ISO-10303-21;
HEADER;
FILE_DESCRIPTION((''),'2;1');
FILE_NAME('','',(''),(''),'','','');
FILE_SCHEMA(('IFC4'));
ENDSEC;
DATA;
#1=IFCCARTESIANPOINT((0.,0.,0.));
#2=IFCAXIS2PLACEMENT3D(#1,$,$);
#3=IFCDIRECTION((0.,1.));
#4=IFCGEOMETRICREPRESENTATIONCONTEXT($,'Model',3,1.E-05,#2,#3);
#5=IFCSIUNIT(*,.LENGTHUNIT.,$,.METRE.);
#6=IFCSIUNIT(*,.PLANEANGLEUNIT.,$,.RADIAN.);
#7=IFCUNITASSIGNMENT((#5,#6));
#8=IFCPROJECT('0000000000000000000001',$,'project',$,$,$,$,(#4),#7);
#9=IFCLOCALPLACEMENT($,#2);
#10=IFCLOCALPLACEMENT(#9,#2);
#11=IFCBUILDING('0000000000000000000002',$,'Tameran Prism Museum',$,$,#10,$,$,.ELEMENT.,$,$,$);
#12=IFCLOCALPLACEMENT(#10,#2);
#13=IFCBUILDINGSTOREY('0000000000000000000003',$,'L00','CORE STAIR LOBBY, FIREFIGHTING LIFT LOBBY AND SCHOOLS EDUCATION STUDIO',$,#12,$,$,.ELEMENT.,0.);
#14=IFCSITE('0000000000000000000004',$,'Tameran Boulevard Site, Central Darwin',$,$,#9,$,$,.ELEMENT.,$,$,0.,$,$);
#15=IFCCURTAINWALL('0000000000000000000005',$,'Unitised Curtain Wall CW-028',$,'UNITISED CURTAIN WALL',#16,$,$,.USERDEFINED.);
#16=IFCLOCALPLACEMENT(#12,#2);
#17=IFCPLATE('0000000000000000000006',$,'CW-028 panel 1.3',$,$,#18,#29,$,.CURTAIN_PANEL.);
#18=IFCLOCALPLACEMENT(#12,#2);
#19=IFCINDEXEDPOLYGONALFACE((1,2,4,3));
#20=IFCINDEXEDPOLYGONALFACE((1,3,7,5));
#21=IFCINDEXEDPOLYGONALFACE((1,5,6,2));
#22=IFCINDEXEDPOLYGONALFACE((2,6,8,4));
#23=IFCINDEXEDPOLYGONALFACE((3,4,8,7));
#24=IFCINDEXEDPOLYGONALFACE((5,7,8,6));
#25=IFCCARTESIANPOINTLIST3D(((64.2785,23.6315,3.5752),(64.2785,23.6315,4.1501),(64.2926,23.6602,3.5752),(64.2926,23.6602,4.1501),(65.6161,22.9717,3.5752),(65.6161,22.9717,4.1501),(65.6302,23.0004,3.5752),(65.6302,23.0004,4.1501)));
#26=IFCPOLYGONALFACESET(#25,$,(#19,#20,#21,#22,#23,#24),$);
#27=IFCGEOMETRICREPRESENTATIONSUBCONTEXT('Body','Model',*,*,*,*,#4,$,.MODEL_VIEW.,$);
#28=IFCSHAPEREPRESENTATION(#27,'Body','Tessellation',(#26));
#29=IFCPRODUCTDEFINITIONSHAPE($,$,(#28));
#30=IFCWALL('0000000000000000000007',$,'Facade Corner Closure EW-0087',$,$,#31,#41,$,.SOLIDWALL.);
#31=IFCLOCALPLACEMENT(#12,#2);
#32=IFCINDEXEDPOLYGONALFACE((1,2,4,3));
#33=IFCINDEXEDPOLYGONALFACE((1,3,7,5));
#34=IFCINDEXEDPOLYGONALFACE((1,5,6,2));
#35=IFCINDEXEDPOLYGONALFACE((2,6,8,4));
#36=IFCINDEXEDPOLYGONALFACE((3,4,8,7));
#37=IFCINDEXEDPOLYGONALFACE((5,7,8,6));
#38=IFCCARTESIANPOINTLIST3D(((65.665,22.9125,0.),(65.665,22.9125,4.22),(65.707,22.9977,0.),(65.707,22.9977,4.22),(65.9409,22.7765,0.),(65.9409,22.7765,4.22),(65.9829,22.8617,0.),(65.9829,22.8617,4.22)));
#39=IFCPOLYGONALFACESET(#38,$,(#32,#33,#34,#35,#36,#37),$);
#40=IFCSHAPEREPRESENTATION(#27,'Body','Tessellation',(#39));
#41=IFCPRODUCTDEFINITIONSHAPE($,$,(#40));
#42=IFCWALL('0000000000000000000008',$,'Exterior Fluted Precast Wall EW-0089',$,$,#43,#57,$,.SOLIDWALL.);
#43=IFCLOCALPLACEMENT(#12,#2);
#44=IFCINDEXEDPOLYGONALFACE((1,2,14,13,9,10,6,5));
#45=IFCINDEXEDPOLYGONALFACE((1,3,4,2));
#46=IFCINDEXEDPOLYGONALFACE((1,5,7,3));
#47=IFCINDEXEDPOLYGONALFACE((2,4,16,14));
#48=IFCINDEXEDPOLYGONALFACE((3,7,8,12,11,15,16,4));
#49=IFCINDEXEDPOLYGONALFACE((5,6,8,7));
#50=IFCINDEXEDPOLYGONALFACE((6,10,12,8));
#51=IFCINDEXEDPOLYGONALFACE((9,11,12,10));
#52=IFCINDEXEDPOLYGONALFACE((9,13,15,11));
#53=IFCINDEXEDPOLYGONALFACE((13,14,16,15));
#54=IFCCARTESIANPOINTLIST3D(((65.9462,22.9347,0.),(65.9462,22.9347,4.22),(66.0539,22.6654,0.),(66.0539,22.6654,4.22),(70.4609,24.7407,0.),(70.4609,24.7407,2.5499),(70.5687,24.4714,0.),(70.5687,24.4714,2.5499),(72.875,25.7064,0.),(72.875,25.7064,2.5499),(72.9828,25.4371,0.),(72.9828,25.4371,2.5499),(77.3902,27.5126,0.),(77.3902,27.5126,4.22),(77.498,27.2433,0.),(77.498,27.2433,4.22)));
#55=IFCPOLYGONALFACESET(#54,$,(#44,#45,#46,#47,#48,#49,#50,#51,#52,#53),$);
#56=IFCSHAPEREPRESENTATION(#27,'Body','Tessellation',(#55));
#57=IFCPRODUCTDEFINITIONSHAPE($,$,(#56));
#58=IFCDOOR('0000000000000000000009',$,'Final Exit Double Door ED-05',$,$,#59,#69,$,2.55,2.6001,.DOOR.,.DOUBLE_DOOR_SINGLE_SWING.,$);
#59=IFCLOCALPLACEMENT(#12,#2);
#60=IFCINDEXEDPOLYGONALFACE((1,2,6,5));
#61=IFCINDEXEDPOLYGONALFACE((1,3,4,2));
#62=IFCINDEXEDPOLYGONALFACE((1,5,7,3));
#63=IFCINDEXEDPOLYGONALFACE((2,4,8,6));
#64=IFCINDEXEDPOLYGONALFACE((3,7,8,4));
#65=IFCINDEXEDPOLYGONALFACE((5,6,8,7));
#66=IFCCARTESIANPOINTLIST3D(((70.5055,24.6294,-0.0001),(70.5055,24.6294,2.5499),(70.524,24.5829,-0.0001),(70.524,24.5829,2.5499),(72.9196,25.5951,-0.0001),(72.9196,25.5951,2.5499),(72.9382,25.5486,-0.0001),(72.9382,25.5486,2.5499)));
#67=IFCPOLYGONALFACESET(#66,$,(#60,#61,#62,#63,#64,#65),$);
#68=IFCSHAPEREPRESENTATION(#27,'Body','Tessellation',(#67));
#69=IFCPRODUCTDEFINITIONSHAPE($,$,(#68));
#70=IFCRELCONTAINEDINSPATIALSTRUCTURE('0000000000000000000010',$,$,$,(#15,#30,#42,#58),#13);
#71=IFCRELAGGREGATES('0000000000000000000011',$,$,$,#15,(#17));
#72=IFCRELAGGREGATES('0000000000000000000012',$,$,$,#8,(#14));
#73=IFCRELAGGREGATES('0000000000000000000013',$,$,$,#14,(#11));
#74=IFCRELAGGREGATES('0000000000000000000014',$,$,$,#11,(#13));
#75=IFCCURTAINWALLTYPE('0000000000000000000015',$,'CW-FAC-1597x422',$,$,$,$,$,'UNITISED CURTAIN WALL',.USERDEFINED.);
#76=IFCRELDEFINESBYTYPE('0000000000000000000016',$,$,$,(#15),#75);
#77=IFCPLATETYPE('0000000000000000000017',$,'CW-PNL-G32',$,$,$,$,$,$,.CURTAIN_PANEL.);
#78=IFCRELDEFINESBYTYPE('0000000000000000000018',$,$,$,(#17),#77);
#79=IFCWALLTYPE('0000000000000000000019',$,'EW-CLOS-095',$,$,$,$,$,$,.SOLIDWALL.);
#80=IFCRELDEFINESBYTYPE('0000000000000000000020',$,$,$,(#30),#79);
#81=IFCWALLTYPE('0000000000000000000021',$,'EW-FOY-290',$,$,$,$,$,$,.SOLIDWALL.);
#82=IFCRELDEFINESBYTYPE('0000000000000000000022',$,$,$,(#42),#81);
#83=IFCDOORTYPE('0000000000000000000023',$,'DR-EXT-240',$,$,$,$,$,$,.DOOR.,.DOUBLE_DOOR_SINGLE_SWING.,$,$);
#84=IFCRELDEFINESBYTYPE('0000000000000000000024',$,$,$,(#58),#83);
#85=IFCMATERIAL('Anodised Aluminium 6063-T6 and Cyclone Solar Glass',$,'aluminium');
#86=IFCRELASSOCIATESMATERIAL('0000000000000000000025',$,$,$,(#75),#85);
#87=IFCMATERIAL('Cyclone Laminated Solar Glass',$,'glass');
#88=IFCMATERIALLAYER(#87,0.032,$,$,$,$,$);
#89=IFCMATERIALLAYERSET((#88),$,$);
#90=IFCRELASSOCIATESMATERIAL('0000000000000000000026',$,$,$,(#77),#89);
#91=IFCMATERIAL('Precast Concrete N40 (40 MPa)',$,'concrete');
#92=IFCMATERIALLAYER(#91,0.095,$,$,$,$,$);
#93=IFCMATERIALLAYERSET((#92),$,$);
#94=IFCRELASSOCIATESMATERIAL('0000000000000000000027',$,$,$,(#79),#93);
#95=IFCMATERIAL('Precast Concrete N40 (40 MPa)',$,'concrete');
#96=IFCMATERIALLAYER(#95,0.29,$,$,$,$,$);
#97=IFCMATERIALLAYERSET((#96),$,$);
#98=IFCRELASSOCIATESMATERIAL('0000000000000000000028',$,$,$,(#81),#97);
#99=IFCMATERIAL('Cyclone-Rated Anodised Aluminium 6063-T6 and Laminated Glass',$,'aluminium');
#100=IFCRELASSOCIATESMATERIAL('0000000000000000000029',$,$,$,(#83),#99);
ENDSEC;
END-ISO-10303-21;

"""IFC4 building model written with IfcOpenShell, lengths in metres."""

from ifc_helpers import new_model, si_unit, direction, frame, frame_2d, origin, origin_2d, place, context, subcontext, project, spatial, rectangle, extrude, material, layer, layer_set, type_object, element, fill, aggregate, save


model = new_model("IFC4")

# Units and contexts
model_context = context("Model", 3, precision=1e-05, world=origin(), true_north=direction((0.0, 1.0)))
body_context = subcontext(model_context, "Body", "Model", "MODEL_VIEW")
ifc_project = project(units=[si_unit("LENGTHUNIT", "METRE"), si_unit("PLANEANGLEUNIT", "RADIAN")], contexts=[model_context])

# Site, building, storey
site_placement = place(None, origin())
site = spatial("IfcSite", under=ifc_project, at=site_placement, Name="Tameran Boulevard Site, Central Darwin", CompositionType="ELEMENT", RefElevation=0.0)
building_placement = place(site_placement, origin())
building = spatial("IfcBuilding", under=site, at=building_placement, Name="Tameran Prism Museum", CompositionType="ELEMENT")
storey_placement = place(building_placement, origin())
storey = spatial("IfcBuildingStorey", under=building, at=storey_placement, Name="L00", Description="CORE STAIR LOBBY, FIREFIGHTING LIFT LOBBY AND SCHOOLS EDUCATION STUDIO", CompositionType="ELEMENT", Elevation=0.0)

# Curtain wall, plate
ifc_material_1 = material(Name="Anodised Aluminium 6063-T6 and Cyclone Solar Glass", Category="aluminium")
curtain_wall_type = type_object("IfcCurtainWallType", Name="CW-FAC-1597x422", ElementType="UNITISED CURTAIN WALL", PredefinedType="USERDEFINED", material=ifc_material_1)
curtain_wall_placement = place(storey_placement, origin())
curtain_wall = element("IfcCurtainWall", 1, at=curtain_wall_placement, inside=storey, type_object=curtain_wall_type, Name="Unitised Curtain Wall CW-028", ObjectType="UNITISED CURTAIN WALL", PredefinedType="USERDEFINED")
ifc_material_2 = material(Name="Cyclone Laminated Solar Glass", Category="glass")
ifc_layer_1 = layer(ifc_material_2, 0.032)
ifc_layer_set_1 = layer_set([ifc_layer_1])
plate_type = type_object("IfcPlateType", Name="CW-PNL-G32", PredefinedType="CURTAIN_PANEL", material=ifc_layer_set_1)
plate_1_placement = place(storey_placement, frame((64.9543, 23.3159, 3.5752), z_axis=(0.0, 0.0, 1.0), x_axis=(-0.896819, 0.442397, 0.0)))
plate_1 = element("IfcPlate", 2, at=plate_1_placement, type_object=plate_type, Name="CW-028 panel 1.3", PredefinedType="CURTAIN_PANEL", context=body_context, shape_type="SweptSolid", body=[
    extrude(rectangle(XDim=1.4915, YDim=0.032, at=origin_2d()), origin(), (0.0, 0.0, 1.0), 0.575),
])
aggregate(curtain_wall, [plate_1])

# Wall
ifc_material_3 = material(Name="Precast Concrete N40 (40 MPa)", Category="concrete")
ifc_layer_2 = layer(ifc_material_3, 0.095)
ifc_layer_set_2 = layer_set([ifc_layer_2])
wall_type_1 = type_object("IfcWallType", Name="EW-CLOS-095", PredefinedType="SOLIDWALL", material=ifc_layer_set_2)
wall_1_placement = place(storey_placement, frame((65.9619, 22.8191, 0.0), z_axis=(0.0, 0.0, 1.0), x_axis=(-0.896953, 0.442126, 0.0)))
element("IfcWall", 3, at=wall_1_placement, inside=storey, type_object=wall_type_1, Name="Facade Corner Closure EW-0087", PredefinedType="SOLIDWALL", context=body_context, shape_type="SweptSolid", body=[
    extrude(rectangle(XDim=0.3076, YDim=0.095, at=frame_2d((0.1538, 0.0))), origin(), (0.0, 0.0, 1.0), 4.22),
])

# Wall, opening, door
ifc_material_4 = material(Name="Precast Concrete N40 (40 MPa)", Category="concrete")
ifc_layer_3 = layer(ifc_material_4, 0.29)
ifc_layer_set_3 = layer_set([ifc_layer_3])
wall_type_2 = type_object("IfcWallType", Name="EW-FOY-290", PredefinedType="SOLIDWALL", material=ifc_layer_set_3)
wall_2_placement = place(storey_placement, frame((77.4441, 27.3779, 0.0), z_axis=(0.0, 0.0, 1.0), x_axis=(-0.92847, -0.371408, 0.0)))
wall_2 = element("IfcWall", 4, at=wall_2_placement, inside=storey, type_object=wall_type_2, Name="Exterior Fluted Precast Wall EW-0089", PredefinedType="SOLIDWALL", context=body_context, shape_type="SweptSolid", body=[
    extrude(rectangle(XDim=12.3257, YDim=0.29, at=frame_2d((6.1628, 0.0))), origin(), (0.0, 0.0, 1.0), 4.22),
])
opening_1_placement = place(wall_2_placement, frame((4.863, 0.0, 0.0)))
opening_1 = element("IfcOpeningElement", 5, at=opening_1_placement, cuts=wall_2, PredefinedType="OPENING", context=body_context, shape_type="SweptSolid", body=[
    extrude(rectangle(XDim=2.6001, YDim=2.55, at=frame_2d((1.3, 1.2749))), frame((0.0, 0.155, 0.0), z_axis=(0.0, -1.0, 0.0), x_axis=(1.0, 0.0, 0.0)), (0.0, 0.0, 1.0), 0.3101),
])
ifc_material_5 = material(Name="Cyclone-Rated Anodised Aluminium 6063-T6 and Laminated Glass", Category="aluminium")
door_type_1 = type_object("IfcDoorType", Name="DR-EXT-240", OperationType="DOUBLE_DOOR_SINGLE_SWING", PredefinedType="DOOR", material=ifc_material_5)
door_1_placement = place(opening_1_placement, origin())
door_1 = element("IfcDoor", 6, at=door_1_placement, inside=storey, type_object=door_type_1, Name="Final Exit Double Door ED-05", OperationType="DOUBLE_DOOR_SINGLE_SWING", OverallHeight=2.55, OverallWidth=2.6001, PredefinedType="DOOR", context=body_context, shape_type="SweptSolid", body=[
    extrude(rectangle(XDim=2.6001, YDim=2.55, at=frame_2d((1.3, 1.2749))), frame((0.0, 0.0249, 0.0), z_axis=(0.0, -1.0, 0.0), x_axis=(1.0, 0.0, 0.0)), (0.0, 0.0, 1.0), 0.05),
])
fill(opening_1, door_1)

save(model, "model.ifc")
